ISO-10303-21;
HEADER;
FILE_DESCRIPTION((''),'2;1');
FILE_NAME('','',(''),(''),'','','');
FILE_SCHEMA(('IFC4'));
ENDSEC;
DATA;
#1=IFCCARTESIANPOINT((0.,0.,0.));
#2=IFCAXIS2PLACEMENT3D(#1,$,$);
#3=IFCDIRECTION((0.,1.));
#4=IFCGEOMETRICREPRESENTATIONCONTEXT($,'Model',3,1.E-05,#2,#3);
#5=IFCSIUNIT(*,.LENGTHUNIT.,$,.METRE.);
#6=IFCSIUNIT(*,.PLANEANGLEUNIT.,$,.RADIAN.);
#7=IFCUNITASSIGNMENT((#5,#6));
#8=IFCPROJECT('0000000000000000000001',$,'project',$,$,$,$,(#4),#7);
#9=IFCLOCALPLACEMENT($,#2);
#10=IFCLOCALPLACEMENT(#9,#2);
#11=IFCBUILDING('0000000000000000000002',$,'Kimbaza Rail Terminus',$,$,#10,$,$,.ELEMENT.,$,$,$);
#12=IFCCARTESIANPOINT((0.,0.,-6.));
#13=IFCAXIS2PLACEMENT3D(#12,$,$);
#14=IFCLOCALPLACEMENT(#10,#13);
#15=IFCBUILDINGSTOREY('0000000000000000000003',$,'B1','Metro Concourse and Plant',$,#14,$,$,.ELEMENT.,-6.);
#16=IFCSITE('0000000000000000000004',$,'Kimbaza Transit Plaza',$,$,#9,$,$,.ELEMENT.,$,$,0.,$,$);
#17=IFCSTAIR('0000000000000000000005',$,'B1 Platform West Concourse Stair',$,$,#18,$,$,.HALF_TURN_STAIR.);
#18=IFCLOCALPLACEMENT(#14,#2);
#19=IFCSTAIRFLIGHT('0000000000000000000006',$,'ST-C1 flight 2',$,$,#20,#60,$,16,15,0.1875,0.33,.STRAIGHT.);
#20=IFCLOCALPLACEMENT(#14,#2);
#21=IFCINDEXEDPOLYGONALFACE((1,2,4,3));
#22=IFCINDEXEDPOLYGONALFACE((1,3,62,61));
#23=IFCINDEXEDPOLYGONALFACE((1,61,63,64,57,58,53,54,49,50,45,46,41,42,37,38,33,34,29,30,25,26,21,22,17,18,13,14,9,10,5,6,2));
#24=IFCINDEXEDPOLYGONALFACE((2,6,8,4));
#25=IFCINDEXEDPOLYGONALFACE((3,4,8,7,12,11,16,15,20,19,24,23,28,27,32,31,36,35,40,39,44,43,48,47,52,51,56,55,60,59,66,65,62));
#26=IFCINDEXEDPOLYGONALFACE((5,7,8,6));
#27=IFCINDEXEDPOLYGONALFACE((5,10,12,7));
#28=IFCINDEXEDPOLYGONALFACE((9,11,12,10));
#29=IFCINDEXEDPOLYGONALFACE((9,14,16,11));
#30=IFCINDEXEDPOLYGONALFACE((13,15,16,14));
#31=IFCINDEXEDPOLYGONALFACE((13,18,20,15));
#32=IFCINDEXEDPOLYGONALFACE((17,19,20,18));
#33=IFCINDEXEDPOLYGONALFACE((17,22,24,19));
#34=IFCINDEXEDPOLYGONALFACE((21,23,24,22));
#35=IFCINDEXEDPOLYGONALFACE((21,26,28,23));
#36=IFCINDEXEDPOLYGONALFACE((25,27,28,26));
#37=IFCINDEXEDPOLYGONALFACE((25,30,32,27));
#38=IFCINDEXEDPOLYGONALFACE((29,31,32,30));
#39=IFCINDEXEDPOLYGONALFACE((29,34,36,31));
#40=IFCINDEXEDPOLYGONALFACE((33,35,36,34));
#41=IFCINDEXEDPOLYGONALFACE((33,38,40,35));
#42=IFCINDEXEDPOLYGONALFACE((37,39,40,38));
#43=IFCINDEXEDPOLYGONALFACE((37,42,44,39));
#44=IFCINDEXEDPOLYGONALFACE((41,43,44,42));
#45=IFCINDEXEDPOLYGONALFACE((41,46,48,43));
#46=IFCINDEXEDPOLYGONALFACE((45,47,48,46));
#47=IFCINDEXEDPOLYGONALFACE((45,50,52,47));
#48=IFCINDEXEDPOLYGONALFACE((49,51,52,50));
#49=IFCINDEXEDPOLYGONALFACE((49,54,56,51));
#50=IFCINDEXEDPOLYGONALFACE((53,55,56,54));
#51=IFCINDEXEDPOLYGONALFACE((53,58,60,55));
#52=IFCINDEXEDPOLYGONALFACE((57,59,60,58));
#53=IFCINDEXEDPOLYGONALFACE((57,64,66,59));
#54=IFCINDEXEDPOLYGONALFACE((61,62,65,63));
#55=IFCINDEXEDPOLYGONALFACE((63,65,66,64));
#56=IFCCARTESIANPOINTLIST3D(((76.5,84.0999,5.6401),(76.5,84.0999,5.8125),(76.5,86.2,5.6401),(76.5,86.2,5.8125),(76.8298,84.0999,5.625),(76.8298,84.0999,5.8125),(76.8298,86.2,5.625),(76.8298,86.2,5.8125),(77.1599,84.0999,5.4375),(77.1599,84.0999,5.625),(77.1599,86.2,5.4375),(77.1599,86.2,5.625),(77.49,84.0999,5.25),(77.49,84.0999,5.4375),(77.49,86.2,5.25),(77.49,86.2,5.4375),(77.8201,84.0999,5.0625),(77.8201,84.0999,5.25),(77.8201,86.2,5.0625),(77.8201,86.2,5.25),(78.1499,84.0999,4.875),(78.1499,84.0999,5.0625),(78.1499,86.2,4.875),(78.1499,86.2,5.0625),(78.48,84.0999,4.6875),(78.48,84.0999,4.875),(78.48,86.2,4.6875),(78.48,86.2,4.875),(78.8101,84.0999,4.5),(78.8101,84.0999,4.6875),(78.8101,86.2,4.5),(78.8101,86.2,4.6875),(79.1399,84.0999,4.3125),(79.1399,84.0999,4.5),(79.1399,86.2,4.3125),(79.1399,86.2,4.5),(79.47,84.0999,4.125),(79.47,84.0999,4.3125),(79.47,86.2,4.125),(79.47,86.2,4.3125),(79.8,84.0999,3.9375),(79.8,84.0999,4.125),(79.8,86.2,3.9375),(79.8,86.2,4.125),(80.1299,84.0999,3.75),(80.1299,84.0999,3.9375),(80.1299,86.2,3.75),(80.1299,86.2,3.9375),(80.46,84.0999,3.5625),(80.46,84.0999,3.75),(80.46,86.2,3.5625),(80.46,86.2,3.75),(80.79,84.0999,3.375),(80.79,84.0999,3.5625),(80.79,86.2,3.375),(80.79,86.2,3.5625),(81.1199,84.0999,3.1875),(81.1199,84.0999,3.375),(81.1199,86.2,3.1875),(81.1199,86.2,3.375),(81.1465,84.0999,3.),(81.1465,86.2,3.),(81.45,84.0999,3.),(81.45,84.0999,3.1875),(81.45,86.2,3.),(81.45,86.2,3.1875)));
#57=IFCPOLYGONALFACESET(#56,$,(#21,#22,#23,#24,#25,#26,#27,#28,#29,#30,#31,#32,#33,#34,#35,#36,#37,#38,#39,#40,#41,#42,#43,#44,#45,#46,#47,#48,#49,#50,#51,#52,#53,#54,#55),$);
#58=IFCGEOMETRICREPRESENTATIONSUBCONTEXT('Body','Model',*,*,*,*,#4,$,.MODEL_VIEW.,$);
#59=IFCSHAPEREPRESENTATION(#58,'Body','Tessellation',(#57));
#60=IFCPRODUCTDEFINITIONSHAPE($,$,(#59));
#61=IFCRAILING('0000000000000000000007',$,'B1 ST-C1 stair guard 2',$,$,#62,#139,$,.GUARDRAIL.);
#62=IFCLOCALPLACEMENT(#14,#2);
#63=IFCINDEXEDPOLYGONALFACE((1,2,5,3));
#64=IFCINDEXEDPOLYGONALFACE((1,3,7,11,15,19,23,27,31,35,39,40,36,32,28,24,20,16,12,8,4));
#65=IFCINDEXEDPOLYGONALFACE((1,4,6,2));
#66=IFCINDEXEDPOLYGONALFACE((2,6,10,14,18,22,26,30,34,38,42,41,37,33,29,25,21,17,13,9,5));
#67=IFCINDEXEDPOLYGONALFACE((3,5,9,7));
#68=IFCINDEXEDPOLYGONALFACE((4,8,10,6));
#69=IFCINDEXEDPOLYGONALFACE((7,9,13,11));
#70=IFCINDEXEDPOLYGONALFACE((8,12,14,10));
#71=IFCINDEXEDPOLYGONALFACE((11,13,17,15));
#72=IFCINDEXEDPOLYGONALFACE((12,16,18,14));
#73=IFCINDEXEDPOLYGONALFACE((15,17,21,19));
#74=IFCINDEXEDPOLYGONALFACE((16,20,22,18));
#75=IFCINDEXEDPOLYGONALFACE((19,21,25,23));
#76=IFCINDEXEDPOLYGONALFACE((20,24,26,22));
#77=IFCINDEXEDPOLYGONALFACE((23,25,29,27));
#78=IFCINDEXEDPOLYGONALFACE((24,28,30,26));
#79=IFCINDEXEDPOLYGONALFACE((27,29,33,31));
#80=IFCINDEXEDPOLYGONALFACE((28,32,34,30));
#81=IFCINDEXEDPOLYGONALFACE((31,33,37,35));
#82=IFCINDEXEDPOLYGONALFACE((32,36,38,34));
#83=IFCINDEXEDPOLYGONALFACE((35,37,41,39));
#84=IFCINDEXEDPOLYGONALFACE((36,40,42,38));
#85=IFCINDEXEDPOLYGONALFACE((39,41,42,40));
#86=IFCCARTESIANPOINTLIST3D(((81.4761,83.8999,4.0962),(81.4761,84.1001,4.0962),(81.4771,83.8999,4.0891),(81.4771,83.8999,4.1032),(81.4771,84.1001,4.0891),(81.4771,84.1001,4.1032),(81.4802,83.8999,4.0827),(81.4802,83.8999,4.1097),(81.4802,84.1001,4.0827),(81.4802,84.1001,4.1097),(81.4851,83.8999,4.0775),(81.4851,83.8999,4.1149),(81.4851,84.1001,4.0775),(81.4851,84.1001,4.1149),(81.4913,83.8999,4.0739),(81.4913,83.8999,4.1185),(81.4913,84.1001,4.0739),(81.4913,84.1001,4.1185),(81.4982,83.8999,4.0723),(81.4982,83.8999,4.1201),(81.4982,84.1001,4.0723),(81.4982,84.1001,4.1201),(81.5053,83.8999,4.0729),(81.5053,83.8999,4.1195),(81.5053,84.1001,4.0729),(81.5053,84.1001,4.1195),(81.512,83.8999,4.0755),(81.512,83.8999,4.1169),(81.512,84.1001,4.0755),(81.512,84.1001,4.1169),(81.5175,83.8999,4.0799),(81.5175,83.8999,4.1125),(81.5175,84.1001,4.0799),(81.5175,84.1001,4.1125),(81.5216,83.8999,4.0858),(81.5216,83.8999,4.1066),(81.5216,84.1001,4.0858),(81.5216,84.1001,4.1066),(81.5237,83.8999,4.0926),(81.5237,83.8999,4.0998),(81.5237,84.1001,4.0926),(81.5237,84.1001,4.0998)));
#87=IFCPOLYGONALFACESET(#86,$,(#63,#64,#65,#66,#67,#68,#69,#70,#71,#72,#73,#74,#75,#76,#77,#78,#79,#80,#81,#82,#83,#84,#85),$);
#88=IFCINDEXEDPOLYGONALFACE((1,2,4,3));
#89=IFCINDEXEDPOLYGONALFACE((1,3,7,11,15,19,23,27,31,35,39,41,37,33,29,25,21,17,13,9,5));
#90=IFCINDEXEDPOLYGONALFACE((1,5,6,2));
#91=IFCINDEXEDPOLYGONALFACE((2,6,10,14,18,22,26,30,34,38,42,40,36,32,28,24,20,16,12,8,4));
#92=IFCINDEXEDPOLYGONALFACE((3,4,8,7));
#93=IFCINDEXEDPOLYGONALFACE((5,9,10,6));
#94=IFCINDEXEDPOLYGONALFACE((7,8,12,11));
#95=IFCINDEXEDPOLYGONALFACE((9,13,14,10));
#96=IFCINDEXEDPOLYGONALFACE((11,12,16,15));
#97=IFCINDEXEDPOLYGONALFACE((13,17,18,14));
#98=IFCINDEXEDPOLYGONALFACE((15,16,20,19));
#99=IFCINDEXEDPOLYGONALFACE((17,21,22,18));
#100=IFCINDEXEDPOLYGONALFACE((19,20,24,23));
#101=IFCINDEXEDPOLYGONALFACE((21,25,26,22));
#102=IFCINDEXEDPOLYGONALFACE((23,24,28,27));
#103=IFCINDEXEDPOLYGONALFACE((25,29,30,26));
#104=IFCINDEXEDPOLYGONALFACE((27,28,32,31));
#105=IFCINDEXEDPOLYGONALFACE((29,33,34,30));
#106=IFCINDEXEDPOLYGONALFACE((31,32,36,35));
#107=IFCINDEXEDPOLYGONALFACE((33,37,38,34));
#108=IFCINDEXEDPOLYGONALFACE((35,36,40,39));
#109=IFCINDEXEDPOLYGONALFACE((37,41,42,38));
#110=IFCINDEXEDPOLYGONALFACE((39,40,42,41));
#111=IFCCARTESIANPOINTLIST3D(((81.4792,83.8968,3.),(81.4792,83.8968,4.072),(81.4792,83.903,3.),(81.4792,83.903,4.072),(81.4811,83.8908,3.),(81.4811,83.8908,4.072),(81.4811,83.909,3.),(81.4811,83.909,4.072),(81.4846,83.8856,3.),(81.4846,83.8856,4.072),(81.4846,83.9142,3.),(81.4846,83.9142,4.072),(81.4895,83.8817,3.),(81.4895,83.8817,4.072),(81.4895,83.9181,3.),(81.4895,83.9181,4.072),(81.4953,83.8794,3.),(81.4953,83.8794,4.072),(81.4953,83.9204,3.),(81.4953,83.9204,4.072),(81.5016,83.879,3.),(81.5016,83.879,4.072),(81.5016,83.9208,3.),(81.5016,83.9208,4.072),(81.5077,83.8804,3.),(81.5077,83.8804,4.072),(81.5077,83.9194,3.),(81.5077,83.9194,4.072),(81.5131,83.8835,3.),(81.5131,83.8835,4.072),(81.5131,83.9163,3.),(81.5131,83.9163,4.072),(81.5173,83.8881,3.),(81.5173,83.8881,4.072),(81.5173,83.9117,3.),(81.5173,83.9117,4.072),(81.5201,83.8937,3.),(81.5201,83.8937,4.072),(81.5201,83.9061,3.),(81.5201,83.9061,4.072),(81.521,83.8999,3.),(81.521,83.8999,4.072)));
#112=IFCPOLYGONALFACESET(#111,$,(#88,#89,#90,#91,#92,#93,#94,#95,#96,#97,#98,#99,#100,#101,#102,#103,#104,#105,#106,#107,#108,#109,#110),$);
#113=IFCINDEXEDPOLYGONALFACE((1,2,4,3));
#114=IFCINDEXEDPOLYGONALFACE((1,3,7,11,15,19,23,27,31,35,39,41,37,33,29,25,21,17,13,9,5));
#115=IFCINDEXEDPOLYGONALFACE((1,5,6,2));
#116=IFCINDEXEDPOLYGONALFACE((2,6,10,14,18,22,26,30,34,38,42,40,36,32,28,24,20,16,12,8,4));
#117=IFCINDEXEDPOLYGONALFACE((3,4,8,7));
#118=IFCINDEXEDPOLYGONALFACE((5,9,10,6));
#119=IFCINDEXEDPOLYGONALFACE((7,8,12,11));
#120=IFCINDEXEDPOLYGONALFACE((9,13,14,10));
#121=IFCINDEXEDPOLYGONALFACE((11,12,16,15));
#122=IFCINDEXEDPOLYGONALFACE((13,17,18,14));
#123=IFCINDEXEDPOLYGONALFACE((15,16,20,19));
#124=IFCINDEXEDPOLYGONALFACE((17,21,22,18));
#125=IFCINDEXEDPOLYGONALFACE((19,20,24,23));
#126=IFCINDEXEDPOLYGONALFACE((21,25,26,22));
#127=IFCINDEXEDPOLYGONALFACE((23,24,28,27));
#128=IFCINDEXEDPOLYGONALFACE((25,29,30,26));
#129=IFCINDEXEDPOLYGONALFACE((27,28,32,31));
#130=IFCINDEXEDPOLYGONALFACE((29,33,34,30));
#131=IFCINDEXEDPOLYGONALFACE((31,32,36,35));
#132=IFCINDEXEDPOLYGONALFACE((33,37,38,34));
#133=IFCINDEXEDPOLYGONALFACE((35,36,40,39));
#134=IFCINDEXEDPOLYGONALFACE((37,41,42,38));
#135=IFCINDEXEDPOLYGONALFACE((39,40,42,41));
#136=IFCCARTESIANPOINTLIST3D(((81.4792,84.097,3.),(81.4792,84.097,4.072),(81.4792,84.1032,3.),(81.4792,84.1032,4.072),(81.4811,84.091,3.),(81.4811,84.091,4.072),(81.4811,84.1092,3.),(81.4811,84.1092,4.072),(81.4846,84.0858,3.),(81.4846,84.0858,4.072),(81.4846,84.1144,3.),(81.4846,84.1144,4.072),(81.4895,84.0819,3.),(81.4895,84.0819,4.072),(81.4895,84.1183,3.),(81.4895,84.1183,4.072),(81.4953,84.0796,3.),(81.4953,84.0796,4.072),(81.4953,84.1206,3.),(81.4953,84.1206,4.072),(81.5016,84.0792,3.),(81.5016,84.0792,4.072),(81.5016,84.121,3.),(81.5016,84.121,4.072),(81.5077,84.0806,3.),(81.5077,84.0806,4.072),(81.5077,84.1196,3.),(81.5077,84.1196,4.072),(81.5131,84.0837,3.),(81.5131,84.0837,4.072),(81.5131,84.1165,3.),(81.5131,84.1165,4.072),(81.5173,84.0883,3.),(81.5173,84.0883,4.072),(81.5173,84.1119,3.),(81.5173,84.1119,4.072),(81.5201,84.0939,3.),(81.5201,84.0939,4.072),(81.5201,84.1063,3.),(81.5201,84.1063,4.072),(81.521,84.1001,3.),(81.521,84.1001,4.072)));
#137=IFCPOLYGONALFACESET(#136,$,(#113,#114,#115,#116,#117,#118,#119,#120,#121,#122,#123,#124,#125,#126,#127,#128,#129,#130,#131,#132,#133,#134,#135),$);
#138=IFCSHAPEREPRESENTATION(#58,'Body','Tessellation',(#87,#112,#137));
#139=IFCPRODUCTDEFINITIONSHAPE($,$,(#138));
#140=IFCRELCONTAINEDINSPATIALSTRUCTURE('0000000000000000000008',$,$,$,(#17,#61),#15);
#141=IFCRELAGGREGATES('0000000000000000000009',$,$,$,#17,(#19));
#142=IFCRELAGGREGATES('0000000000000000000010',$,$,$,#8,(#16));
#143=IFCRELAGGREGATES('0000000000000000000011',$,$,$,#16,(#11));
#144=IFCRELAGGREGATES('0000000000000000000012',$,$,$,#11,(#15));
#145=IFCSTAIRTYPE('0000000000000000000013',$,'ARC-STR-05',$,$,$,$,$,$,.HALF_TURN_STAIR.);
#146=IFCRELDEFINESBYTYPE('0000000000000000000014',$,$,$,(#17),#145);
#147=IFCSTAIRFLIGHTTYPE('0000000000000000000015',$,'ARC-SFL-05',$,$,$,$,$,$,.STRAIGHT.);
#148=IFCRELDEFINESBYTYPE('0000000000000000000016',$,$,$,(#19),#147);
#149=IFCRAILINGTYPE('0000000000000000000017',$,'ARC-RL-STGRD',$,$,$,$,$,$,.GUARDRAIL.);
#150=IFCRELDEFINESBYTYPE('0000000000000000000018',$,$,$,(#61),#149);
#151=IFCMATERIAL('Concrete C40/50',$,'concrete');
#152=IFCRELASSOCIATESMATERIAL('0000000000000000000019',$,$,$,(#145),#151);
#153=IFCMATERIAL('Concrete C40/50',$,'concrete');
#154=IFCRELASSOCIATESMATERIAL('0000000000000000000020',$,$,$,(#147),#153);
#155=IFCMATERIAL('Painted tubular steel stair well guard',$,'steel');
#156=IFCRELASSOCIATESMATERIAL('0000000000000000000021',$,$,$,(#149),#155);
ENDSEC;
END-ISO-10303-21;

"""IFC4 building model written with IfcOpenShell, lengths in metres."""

from ifc_helpers import new_model, si_unit, direction, frame, origin, origin_2d, place, context, subcontext, project, spatial, polyline, circle, outline, extrude, material, type_object, element, aggregate, save


model = new_model("IFC4")

# Units and contexts
model_context = context("Model", 3, precision=1e-05, world=origin(), true_north=direction((0.0, 1.0)))
body_context = subcontext(model_context, "Body", "Model", "MODEL_VIEW")
ifc_project = project(units=[si_unit("LENGTHUNIT", "METRE"), si_unit("PLANEANGLEUNIT", "RADIAN")], contexts=[model_context])

# Site, building, storey
site_placement = place(None, origin())
site = spatial("IfcSite", under=ifc_project, at=site_placement, Name="Kimbaza Transit Plaza", CompositionType="ELEMENT", RefElevation=0.0)
building_placement = place(site_placement, origin())
building = spatial("IfcBuilding", under=site, at=building_placement, Name="Kimbaza Rail Terminus", CompositionType="ELEMENT")
storey_placement = place(building_placement, frame((0.0, 0.0, -6.0)))
storey = spatial("IfcBuildingStorey", under=building, at=storey_placement, Name="B1", Description="Metro Concourse and Plant", CompositionType="ELEMENT", Elevation=-6.0)

# Stair, stair flight
ifc_material_1 = material(Name="Concrete C40/50", Category="concrete")
stair_type = type_object("IfcStairType", Name="ARC-STR-05", PredefinedType="HALF_TURN_STAIR", material=ifc_material_1)
stair_placement = place(storey_placement, origin())
stair = element("IfcStair", 1, at=stair_placement, inside=storey, type_object=stair_type, Name="B1 Platform West Concourse Stair", PredefinedType="HALF_TURN_STAIR")
ifc_material_2 = material(Name="Concrete C40/50", Category="concrete")
stair_flight_type = type_object("IfcStairFlightType", Name="ARC-SFL-05", PredefinedType="STRAIGHT", material=ifc_material_2)
stair_flight_placement = place(storey_placement, frame((81.45, 85.1499, 3.0), z_axis=(0.0, 0.0, 1.0), x_axis=(-1.0, 0.0, 0.0)))
stair_flight = element("IfcStairFlight", 2, at=stair_flight_placement, type_object=stair_flight_type, Name="ST-C1 flight 2", NumberOfRisers=16, NumberOfTreads=15, PredefinedType="STRAIGHT", RiserHeight=0.1875, TreadLength=0.33, context=body_context, shape_type="SweptSolid", body=[
    extrude(outline(polyline([(0.0, 0.0), (0.0, 0.1875), (0.3301, 0.1875), (0.3301, 0.375), (0.6599, 0.375), (0.6599, 0.5625), (0.99, 0.5625), (0.99, 0.75), (1.3201, 0.75), (1.3201, 0.9375), (1.6499, 0.9375), (1.6499, 1.125), (1.98, 1.125), (1.98, 1.3125), (2.3101, 1.3125), (2.3101, 1.5), (2.6399, 1.5), (2.6399, 1.6875), (2.97, 1.6875), (2.97, 1.875), (3.3, 1.875), (3.3, 2.0625), (3.6299, 2.0625), (3.6299, 2.25), (3.96, 2.25), (3.96, 2.4375), (4.29, 2.4375), (4.29, 2.625), (4.6201, 2.625), (4.6201, 2.8125), (4.95, 2.8125), (4.95, 3.0), (4.95, 2.6401), (0.3035, 0.0), (0.0, 0.0)])), frame((0.0, 1.05, 0.0), z_axis=(0.0, -1.0, 0.0), x_axis=(1.0, 0.0, 0.0)), (0.0, 0.0, 1.0), 2.1001),
])
aggregate(stair, [stair_flight])

# Railing
ifc_material_3 = material(Name="Painted tubular steel stair well guard", Category="steel")
railing_type = type_object("IfcRailingType", Name="ARC-RL-STGRD", PredefinedType="GUARDRAIL", material=ifc_material_3)
railing_1_placement = place(storey_placement, frame((81.5, 83.8999, 3.0)))
element("IfcRailing", 3, at=railing_1_placement, inside=storey, type_object=railing_type, Name="B1 ST-C1 stair guard 2", PredefinedType="GUARDRAIL", context=body_context, shape_type="SweptSolid", body=[
    extrude(circle(Radius=0.0239, at=origin_2d()), frame((0.0, 0.0, 1.0962), z_axis=(0.0, 1.0, 0.0), x_axis=(-1.0, 0.0, 0.0)), (0.0, 0.0, 1.0), 0.2002),
    extrude(circle(Radius=0.021, at=origin_2d()), origin(), (0.0, 0.0, 1.0), 1.072),
    extrude(circle(Radius=0.021, at=origin_2d()), frame((0.0, 0.2002, 0.0)), (0.0, 0.0, 1.0), 1.072),
])

save(model, "model.ifc")
